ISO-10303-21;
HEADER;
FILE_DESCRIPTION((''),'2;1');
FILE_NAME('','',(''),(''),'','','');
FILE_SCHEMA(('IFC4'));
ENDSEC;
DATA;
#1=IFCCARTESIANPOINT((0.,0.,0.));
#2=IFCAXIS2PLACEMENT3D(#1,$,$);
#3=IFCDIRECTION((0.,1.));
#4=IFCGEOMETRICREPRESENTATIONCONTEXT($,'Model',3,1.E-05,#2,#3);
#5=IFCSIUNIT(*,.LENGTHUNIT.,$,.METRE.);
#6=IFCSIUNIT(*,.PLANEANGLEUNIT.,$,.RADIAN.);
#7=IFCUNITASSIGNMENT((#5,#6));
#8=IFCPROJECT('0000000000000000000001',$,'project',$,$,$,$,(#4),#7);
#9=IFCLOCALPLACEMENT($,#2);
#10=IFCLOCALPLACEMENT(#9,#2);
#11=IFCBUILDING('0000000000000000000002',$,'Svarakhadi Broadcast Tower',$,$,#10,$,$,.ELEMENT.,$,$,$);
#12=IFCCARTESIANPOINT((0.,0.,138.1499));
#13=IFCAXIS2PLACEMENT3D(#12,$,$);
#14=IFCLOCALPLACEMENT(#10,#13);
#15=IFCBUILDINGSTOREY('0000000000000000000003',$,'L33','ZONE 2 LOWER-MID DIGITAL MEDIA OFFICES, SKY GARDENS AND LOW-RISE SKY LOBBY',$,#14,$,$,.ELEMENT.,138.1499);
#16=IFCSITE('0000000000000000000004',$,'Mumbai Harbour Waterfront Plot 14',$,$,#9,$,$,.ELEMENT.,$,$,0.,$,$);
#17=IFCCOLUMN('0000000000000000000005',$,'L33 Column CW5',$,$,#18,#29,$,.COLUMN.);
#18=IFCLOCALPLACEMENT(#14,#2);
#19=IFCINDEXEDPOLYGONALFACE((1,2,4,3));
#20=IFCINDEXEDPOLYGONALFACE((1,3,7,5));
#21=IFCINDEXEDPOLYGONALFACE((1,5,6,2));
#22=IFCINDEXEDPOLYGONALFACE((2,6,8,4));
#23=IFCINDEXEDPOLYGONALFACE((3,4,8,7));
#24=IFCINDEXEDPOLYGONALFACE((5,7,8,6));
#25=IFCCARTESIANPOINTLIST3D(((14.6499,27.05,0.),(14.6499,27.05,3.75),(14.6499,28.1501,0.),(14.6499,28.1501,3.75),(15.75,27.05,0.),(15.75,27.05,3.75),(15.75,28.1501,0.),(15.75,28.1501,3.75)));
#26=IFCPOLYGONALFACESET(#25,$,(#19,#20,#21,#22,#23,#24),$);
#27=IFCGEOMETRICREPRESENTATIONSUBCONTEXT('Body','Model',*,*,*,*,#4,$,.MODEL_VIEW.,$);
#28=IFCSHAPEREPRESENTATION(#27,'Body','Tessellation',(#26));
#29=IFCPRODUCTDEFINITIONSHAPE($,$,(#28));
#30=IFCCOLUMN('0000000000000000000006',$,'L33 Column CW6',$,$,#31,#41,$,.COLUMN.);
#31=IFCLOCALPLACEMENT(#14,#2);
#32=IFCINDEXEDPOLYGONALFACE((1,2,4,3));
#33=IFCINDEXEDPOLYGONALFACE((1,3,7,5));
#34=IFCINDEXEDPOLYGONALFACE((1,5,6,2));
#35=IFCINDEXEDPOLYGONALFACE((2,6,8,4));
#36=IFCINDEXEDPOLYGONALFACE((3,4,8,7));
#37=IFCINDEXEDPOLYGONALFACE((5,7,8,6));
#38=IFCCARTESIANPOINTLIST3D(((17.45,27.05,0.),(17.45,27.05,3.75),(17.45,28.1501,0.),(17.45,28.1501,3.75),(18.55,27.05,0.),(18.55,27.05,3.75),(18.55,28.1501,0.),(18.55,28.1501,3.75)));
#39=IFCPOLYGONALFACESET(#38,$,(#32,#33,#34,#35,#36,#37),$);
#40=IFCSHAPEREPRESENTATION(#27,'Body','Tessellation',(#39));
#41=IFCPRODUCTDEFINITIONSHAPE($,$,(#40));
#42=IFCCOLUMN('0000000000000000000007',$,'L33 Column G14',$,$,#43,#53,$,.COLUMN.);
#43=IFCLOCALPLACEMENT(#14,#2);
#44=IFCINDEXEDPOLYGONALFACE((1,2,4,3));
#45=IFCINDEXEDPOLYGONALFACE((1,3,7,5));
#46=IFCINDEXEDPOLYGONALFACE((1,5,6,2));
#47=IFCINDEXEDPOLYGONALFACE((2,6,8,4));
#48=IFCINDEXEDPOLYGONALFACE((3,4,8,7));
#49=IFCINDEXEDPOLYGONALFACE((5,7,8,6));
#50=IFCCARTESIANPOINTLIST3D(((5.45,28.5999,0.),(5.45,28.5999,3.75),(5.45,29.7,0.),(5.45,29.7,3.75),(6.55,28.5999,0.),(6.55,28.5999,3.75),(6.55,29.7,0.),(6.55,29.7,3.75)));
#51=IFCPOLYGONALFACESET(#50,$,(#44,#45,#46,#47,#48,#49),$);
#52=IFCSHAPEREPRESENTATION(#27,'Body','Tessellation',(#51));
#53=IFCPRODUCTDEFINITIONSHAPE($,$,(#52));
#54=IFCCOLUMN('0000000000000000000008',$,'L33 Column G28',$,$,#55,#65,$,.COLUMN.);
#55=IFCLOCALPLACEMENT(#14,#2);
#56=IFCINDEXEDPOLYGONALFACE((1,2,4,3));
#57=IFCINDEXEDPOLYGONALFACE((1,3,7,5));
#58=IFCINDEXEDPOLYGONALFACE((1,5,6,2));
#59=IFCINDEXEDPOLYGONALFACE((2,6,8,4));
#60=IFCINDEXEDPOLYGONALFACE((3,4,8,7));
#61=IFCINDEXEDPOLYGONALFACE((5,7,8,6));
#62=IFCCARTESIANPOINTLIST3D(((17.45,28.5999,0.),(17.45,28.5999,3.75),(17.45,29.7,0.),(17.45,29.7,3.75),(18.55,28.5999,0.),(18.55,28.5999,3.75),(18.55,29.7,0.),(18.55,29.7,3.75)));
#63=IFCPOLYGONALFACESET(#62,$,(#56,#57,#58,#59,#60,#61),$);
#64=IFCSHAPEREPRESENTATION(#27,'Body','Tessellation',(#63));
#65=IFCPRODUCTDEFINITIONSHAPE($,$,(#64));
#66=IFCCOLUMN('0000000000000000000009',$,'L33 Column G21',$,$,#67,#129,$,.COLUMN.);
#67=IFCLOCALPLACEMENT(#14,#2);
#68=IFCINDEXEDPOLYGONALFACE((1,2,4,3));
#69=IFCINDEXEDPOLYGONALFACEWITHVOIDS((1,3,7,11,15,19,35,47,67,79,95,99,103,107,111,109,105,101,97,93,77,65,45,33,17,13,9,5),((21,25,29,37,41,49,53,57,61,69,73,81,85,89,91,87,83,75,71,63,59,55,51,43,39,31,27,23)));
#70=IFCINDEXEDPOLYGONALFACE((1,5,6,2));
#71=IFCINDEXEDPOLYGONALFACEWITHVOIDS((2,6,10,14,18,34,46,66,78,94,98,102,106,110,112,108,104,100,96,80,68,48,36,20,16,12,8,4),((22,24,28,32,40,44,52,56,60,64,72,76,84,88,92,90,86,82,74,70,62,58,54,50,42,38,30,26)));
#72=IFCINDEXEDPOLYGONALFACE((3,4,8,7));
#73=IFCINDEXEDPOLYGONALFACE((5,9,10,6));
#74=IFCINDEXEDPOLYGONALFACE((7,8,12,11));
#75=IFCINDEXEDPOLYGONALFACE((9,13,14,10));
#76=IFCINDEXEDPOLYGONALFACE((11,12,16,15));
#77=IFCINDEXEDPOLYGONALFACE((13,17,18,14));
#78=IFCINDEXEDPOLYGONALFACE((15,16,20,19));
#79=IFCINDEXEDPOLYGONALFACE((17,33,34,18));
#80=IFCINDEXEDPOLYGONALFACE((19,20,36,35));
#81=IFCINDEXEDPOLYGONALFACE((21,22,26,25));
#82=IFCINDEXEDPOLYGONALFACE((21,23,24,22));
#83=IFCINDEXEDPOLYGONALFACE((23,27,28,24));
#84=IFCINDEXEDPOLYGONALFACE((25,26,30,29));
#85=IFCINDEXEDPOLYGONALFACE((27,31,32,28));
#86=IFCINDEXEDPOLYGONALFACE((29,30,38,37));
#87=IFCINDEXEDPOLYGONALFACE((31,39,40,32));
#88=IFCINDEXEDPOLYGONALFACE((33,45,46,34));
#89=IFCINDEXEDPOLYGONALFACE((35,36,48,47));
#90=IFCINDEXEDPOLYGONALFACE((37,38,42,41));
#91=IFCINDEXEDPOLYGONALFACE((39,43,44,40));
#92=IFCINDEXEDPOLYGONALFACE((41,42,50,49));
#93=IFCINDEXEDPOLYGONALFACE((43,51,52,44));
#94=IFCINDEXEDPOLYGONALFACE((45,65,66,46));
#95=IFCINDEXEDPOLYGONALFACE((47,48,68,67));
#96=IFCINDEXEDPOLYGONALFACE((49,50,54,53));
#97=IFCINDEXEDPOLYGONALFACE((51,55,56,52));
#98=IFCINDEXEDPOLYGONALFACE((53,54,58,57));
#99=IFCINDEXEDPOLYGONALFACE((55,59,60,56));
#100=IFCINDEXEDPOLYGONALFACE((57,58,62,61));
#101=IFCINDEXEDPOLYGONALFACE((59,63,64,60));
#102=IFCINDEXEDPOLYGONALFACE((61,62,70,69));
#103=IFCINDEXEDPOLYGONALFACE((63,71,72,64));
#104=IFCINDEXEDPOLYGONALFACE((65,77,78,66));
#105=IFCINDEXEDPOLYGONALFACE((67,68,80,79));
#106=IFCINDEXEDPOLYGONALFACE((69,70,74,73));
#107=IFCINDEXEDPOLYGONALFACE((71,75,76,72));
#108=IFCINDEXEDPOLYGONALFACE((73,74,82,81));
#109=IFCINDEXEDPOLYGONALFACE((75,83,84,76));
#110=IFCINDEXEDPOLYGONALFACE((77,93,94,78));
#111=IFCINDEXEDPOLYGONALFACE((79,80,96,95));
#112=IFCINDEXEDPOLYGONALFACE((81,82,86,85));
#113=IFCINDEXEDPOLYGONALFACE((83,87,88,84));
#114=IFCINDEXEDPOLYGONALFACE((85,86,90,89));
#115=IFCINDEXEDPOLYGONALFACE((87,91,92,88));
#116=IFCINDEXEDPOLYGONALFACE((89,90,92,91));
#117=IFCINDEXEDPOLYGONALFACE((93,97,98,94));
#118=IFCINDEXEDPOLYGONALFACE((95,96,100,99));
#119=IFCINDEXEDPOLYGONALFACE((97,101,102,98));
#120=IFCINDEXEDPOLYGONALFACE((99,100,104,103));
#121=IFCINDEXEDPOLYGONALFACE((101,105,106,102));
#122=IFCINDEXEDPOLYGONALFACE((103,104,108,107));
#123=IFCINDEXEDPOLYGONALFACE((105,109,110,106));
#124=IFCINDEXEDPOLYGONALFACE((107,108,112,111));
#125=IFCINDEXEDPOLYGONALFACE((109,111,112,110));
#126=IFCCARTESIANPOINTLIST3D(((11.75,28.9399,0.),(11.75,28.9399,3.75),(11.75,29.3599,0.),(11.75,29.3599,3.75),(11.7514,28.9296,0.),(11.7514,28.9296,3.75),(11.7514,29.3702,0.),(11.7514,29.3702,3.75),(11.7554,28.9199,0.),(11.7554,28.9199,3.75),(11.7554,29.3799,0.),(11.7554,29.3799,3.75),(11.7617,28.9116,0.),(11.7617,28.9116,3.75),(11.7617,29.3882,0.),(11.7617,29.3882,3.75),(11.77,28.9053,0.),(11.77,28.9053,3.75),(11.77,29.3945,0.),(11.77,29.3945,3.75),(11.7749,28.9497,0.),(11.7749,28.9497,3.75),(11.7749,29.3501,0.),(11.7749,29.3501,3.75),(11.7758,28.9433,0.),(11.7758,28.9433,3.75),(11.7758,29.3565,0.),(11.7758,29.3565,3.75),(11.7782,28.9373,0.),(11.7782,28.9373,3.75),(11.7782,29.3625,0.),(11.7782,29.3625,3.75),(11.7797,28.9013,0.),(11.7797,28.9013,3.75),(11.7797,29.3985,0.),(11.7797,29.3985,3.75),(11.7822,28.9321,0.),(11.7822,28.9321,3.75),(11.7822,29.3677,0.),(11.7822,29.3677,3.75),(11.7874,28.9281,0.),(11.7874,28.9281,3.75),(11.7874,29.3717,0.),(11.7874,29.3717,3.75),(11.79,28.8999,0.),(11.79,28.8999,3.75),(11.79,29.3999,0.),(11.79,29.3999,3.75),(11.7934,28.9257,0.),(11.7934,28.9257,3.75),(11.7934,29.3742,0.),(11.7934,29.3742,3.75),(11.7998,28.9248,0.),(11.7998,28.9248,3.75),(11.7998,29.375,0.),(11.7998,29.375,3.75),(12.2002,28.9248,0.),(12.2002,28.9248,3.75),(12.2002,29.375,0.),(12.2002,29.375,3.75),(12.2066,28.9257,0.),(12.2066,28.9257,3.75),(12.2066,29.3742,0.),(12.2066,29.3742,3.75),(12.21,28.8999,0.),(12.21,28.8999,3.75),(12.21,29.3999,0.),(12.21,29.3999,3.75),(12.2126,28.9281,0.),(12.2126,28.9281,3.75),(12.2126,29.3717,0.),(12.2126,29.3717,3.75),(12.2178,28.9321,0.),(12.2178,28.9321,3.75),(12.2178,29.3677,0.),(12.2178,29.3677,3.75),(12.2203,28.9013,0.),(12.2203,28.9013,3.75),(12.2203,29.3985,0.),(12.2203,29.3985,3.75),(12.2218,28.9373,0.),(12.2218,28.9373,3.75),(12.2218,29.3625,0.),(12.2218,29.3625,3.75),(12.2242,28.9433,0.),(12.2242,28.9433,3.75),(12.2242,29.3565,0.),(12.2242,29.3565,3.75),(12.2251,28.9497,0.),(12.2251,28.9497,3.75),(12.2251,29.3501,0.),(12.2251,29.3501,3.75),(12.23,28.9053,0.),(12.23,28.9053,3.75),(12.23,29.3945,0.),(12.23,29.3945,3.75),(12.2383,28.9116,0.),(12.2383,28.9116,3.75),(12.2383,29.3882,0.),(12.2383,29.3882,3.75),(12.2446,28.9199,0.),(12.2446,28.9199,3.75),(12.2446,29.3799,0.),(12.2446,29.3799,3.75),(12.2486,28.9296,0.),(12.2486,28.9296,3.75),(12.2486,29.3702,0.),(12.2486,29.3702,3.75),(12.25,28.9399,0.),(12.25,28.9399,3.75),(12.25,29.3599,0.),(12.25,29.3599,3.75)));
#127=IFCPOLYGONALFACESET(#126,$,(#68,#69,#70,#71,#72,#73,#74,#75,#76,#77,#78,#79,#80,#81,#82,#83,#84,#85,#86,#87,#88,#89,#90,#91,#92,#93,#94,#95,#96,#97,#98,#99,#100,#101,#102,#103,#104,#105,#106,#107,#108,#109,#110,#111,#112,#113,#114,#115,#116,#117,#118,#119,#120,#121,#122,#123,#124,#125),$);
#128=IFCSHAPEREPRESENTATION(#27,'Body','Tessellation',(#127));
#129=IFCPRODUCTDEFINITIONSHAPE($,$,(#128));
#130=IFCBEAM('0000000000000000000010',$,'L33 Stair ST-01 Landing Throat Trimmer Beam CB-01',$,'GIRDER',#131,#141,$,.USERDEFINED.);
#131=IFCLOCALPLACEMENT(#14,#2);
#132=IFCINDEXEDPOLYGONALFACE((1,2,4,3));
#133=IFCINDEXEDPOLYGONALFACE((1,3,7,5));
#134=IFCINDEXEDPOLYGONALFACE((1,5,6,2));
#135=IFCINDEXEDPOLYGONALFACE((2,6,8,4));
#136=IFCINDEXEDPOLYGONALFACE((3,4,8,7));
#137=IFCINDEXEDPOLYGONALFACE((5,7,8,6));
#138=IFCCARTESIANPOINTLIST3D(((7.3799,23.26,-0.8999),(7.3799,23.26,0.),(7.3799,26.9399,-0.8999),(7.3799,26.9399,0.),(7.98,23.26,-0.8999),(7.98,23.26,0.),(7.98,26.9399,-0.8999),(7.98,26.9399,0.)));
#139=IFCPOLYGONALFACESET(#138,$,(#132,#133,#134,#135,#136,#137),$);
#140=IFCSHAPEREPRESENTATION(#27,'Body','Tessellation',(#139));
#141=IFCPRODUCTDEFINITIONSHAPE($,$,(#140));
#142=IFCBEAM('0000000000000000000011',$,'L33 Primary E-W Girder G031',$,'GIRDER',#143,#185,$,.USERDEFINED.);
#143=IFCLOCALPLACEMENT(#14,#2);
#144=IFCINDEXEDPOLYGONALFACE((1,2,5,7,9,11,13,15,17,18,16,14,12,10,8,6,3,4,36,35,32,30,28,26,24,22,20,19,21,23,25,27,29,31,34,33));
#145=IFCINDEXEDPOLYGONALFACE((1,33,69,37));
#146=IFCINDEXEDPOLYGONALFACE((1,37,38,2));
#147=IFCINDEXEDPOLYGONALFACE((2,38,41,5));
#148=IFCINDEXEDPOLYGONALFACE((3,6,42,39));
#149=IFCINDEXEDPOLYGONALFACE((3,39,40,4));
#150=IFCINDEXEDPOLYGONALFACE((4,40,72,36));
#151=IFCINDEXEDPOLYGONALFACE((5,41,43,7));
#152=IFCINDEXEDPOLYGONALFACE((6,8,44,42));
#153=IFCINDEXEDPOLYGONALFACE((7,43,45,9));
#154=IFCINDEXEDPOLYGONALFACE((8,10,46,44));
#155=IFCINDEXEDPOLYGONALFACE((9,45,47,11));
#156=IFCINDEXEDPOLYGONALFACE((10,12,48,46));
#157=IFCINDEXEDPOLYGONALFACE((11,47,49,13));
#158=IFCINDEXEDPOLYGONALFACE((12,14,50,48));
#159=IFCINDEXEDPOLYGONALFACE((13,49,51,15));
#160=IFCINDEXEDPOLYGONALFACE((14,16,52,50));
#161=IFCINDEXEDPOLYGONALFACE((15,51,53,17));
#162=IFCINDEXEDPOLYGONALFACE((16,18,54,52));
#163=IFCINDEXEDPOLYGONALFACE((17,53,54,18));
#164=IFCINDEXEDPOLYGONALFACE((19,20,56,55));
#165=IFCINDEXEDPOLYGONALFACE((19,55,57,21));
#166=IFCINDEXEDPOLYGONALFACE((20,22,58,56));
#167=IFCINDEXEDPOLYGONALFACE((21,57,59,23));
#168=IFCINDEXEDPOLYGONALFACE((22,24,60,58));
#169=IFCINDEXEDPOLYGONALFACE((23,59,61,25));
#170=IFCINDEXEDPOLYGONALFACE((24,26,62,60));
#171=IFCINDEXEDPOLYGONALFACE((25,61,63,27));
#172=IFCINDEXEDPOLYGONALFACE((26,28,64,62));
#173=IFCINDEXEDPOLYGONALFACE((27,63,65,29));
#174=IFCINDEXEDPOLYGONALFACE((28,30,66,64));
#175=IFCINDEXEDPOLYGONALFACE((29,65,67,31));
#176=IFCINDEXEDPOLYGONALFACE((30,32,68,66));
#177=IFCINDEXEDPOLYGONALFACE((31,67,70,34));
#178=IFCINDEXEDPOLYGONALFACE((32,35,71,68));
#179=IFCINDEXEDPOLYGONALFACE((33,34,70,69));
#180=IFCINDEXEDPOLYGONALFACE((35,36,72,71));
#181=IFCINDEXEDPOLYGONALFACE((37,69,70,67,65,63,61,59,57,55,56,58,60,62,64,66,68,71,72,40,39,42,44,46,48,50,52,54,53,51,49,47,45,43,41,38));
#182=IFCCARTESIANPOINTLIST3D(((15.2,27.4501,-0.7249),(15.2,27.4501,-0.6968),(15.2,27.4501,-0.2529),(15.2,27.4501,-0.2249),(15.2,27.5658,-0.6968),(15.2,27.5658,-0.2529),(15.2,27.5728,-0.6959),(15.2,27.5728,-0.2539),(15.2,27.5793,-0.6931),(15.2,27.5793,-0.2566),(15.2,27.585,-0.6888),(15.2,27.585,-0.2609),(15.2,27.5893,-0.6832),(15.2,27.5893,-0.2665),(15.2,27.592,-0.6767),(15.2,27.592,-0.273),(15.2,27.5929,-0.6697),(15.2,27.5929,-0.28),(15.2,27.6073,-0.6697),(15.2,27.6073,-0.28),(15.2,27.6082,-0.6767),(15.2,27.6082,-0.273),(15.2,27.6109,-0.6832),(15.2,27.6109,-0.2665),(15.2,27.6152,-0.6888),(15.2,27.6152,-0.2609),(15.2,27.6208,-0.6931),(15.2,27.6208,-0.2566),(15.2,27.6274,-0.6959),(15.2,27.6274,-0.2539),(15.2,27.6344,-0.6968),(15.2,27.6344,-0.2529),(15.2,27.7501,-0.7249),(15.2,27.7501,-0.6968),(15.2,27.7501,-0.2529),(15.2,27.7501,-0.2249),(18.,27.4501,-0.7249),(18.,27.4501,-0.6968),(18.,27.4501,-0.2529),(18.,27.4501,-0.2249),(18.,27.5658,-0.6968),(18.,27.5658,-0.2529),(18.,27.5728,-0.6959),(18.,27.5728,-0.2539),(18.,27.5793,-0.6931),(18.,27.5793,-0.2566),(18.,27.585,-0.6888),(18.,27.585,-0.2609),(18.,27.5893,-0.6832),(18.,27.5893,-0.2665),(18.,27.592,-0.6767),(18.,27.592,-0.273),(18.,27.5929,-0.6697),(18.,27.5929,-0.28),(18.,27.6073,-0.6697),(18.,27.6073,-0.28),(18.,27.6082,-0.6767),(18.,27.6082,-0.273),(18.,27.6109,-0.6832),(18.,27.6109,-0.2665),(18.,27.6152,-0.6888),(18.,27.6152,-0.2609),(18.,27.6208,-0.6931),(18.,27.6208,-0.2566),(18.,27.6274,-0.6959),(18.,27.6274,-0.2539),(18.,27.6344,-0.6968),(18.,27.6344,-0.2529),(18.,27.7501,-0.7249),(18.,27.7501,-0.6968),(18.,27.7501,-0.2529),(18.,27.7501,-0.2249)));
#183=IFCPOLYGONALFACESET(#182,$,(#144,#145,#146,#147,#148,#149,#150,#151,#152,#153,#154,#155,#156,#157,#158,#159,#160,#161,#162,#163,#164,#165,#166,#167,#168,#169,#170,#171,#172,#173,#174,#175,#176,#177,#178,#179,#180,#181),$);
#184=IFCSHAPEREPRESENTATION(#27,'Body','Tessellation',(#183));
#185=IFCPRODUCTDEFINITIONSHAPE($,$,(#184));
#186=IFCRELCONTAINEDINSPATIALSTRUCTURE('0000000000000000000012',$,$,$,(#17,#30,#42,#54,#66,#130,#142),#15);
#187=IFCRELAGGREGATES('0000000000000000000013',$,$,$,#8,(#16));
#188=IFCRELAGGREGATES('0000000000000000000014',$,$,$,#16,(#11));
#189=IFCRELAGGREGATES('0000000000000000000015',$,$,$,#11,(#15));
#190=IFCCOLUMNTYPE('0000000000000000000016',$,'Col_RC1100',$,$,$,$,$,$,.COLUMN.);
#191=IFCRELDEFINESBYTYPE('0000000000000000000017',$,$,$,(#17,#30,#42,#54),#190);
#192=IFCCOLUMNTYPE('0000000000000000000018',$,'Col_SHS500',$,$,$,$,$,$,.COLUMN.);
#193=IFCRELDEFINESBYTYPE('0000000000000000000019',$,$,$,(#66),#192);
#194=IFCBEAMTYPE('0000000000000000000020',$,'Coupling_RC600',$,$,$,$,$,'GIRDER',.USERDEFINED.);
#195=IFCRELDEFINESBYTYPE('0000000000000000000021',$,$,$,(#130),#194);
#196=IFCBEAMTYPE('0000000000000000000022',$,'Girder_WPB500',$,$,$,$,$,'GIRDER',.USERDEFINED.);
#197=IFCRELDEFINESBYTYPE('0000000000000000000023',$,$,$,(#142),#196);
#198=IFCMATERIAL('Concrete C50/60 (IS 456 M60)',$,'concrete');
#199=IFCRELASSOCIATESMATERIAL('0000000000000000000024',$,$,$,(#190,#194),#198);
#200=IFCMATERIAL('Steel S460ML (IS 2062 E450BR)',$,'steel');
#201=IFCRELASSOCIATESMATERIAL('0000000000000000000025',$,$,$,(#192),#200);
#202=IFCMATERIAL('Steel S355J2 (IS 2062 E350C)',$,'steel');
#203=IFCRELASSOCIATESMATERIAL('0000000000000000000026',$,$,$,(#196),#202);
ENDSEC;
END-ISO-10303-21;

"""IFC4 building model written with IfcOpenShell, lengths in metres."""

from ifc_helpers import new_model, si_unit, direction, frame, origin, origin_2d, place, context, subcontext, project, spatial, rectangle, hollow_rectangle, i_section, extrude, material, material_profile, profile_set, type_object, element, save


model = new_model("IFC4")

# Units and contexts
model_context = context("Model", 3, precision=1e-05, world=origin(), true_north=direction((0.0, 1.0)))
body_context = subcontext(model_context, "Body", "Model", "MODEL_VIEW")
ifc_project = project(units=[si_unit("LENGTHUNIT", "METRE"), si_unit("PLANEANGLEUNIT", "RADIAN")], contexts=[model_context])

# Site, building, storey
site_placement = place(None, origin())
site = spatial("IfcSite", under=ifc_project, at=site_placement, Name="Mumbai Harbour Waterfront Plot 14", CompositionType="ELEMENT", RefElevation=0.0)
building_placement = place(site_placement, origin())
building = spatial("IfcBuilding", under=site, at=building_placement, Name="Svarakhadi Broadcast Tower", CompositionType="ELEMENT")
storey_placement = place(building_placement, frame((0.0, 0.0, 138.1499)))
storey = spatial("IfcBuildingStorey", under=building, at=storey_placement, Name="L33", Description="ZONE 2 LOWER-MID DIGITAL MEDIA OFFICES, SKY GARDENS AND LOW-RISE SKY LOBBY", CompositionType="ELEMENT", Elevation=138.1499)

# Columns
ifc_material_1 = material(Name="Concrete C50/60 (IS 456 M60)", Category="concrete")
ifc_material_profile_1 = material_profile(ifc_material_1, rectangle(XDim=1.1001, YDim=1.1001, at=origin_2d()), Name="RC 1100x1100")
ifc_profile_set_1 = profile_set([ifc_material_profile_1], Name="Concrete C50/60 (IS 456 M60)")
column_type_1 = type_object("IfcColumnType", Name="Col_RC1100", PredefinedType="COLUMN", material=ifc_profile_set_1)
for number, where, z_axis, x_axis, name in (
    (1, (15.2, 27.6001, 0.0), (0.0, 0.0, 1.0), (1.0, 0.0, 0.0), "L33 Column CW5"),
    (2, (18.0, 27.6001, 0.0), (0.0, 0.0, 1.0), (1.0, 0.0, 0.0), "L33 Column CW6"),
    (3, (6.0, 29.1499, 0.0), (0.0, 0.0, 1.0), (1.0, 0.0, 0.0), "L33 Column G14"),
    (4, (18.0, 29.1499, 0.0), (0.0, 0.0, 1.0), (1.0, 0.0, 0.0), "L33 Column G28"),
):
    element("IfcColumn", number, at=place(storey_placement, frame(where, z_axis=z_axis, x_axis=x_axis)), inside=storey, type_object=column_type_1, Name=name, PredefinedType="COLUMN", context=body_context, shape_type="SweptSolid", body=[
        extrude(rectangle(XDim=1.1001, YDim=1.1001, at=origin_2d()), origin(), (0.0, 0.0, 1.0), 3.75),
    ])
ifc_material_2 = material(Name="Steel S460ML (IS 2062 E450BR)", Category="steel")
ifc_material_profile_2 = material_profile(ifc_material_2, hollow_rectangle(XDim=0.5, YDim=0.5, WallThickness=0.0249, InnerFilletRadius=0.0249, OuterFilletRadius=0.04, at=origin_2d()), Name="SHS 500x500x25")
ifc_profile_set_2 = profile_set([ifc_material_profile_2], Name="Steel S460ML (IS 2062 E450BR)")
column_type_2 = type_object("IfcColumnType", Name="Col_SHS500", PredefinedType="COLUMN", material=ifc_profile_set_2)
column_placement = place(storey_placement, frame((12.0, 29.1499, 0.0), z_axis=(0.0, 0.0, 1.0), x_axis=(1.0, 0.0, 0.0)))
element("IfcColumn", 5, at=column_placement, inside=storey, type_object=column_type_2, Name="L33 Column G21", PredefinedType="COLUMN", context=body_context, shape_type="SweptSolid", body=[
    extrude(hollow_rectangle(XDim=0.5, YDim=0.5, WallThickness=0.0249, InnerFilletRadius=0.0249, OuterFilletRadius=0.04, at=origin_2d()), origin(), (0.0, 0.0, 1.0), 3.75),
])

# Beams
ifc_material_profile_3 = material_profile(ifc_material_1, rectangle(XDim=0.6001, YDim=0.8999, at=origin_2d()), Name="RC 600x900")
ifc_profile_set_3 = profile_set([ifc_material_profile_3], Name="Concrete C50/60 (IS 456 M60)")
beam_type_1 = type_object("IfcBeamType", Name="Coupling_RC600", ElementType="GIRDER", PredefinedType="USERDEFINED", material=ifc_profile_set_3)
beam_1_placement = place(storey_placement, frame((7.6799, 23.26, -0.45), z_axis=(0.0, 1.0, 0.0), x_axis=(-1.0, 0.0, 0.0)))
element("IfcBeam", 6, at=beam_1_placement, inside=storey, type_object=beam_type_1, Name="L33 Stair ST-01 Landing Throat Trimmer Beam CB-01", ObjectType="GIRDER", PredefinedType="USERDEFINED", context=body_context, shape_type="SweptSolid", body=[
    extrude(rectangle(XDim=0.6001, YDim=0.8999, at=origin_2d()), origin(), (0.0, 0.0, 1.0), 3.6799),
])
ifc_material_3 = material(Name="Steel S355J2 (IS 2062 E350C)", Category="steel")
ifc_material_profile_4 = material_profile(ifc_material_3, i_section(OverallWidth=0.3, OverallDepth=0.5, WebThickness=0.0144, FlangeThickness=0.0281, FilletRadius=0.0271, at=origin_2d()), Name="WPB 500x300x187")
ifc_profile_set_4 = profile_set([ifc_material_profile_4], Name="Steel S355J2 (IS 2062 E350C)")
beam_type_2 = type_object("IfcBeamType", Name="Girder_WPB500", ElementType="GIRDER", PredefinedType="USERDEFINED", material=ifc_profile_set_4)
beam_2_placement = place(storey_placement, frame((15.2, 27.6001, -0.4749), z_axis=(1.0, 0.0, 0.0), x_axis=(0.0, 1.0, 0.0)))
element("IfcBeam", 7, at=beam_2_placement, inside=storey, type_object=beam_type_2, Name="L33 Primary E-W Girder G031", ObjectType="GIRDER", PredefinedType="USERDEFINED", context=body_context, shape_type="SweptSolid", body=[
    extrude(i_section(OverallWidth=0.3, OverallDepth=0.5, WebThickness=0.0144, FlangeThickness=0.0281, FilletRadius=0.0271, at=origin_2d()), origin(), (0.0, 0.0, 1.0), 2.8),
])

save(model, "model.ifc")
